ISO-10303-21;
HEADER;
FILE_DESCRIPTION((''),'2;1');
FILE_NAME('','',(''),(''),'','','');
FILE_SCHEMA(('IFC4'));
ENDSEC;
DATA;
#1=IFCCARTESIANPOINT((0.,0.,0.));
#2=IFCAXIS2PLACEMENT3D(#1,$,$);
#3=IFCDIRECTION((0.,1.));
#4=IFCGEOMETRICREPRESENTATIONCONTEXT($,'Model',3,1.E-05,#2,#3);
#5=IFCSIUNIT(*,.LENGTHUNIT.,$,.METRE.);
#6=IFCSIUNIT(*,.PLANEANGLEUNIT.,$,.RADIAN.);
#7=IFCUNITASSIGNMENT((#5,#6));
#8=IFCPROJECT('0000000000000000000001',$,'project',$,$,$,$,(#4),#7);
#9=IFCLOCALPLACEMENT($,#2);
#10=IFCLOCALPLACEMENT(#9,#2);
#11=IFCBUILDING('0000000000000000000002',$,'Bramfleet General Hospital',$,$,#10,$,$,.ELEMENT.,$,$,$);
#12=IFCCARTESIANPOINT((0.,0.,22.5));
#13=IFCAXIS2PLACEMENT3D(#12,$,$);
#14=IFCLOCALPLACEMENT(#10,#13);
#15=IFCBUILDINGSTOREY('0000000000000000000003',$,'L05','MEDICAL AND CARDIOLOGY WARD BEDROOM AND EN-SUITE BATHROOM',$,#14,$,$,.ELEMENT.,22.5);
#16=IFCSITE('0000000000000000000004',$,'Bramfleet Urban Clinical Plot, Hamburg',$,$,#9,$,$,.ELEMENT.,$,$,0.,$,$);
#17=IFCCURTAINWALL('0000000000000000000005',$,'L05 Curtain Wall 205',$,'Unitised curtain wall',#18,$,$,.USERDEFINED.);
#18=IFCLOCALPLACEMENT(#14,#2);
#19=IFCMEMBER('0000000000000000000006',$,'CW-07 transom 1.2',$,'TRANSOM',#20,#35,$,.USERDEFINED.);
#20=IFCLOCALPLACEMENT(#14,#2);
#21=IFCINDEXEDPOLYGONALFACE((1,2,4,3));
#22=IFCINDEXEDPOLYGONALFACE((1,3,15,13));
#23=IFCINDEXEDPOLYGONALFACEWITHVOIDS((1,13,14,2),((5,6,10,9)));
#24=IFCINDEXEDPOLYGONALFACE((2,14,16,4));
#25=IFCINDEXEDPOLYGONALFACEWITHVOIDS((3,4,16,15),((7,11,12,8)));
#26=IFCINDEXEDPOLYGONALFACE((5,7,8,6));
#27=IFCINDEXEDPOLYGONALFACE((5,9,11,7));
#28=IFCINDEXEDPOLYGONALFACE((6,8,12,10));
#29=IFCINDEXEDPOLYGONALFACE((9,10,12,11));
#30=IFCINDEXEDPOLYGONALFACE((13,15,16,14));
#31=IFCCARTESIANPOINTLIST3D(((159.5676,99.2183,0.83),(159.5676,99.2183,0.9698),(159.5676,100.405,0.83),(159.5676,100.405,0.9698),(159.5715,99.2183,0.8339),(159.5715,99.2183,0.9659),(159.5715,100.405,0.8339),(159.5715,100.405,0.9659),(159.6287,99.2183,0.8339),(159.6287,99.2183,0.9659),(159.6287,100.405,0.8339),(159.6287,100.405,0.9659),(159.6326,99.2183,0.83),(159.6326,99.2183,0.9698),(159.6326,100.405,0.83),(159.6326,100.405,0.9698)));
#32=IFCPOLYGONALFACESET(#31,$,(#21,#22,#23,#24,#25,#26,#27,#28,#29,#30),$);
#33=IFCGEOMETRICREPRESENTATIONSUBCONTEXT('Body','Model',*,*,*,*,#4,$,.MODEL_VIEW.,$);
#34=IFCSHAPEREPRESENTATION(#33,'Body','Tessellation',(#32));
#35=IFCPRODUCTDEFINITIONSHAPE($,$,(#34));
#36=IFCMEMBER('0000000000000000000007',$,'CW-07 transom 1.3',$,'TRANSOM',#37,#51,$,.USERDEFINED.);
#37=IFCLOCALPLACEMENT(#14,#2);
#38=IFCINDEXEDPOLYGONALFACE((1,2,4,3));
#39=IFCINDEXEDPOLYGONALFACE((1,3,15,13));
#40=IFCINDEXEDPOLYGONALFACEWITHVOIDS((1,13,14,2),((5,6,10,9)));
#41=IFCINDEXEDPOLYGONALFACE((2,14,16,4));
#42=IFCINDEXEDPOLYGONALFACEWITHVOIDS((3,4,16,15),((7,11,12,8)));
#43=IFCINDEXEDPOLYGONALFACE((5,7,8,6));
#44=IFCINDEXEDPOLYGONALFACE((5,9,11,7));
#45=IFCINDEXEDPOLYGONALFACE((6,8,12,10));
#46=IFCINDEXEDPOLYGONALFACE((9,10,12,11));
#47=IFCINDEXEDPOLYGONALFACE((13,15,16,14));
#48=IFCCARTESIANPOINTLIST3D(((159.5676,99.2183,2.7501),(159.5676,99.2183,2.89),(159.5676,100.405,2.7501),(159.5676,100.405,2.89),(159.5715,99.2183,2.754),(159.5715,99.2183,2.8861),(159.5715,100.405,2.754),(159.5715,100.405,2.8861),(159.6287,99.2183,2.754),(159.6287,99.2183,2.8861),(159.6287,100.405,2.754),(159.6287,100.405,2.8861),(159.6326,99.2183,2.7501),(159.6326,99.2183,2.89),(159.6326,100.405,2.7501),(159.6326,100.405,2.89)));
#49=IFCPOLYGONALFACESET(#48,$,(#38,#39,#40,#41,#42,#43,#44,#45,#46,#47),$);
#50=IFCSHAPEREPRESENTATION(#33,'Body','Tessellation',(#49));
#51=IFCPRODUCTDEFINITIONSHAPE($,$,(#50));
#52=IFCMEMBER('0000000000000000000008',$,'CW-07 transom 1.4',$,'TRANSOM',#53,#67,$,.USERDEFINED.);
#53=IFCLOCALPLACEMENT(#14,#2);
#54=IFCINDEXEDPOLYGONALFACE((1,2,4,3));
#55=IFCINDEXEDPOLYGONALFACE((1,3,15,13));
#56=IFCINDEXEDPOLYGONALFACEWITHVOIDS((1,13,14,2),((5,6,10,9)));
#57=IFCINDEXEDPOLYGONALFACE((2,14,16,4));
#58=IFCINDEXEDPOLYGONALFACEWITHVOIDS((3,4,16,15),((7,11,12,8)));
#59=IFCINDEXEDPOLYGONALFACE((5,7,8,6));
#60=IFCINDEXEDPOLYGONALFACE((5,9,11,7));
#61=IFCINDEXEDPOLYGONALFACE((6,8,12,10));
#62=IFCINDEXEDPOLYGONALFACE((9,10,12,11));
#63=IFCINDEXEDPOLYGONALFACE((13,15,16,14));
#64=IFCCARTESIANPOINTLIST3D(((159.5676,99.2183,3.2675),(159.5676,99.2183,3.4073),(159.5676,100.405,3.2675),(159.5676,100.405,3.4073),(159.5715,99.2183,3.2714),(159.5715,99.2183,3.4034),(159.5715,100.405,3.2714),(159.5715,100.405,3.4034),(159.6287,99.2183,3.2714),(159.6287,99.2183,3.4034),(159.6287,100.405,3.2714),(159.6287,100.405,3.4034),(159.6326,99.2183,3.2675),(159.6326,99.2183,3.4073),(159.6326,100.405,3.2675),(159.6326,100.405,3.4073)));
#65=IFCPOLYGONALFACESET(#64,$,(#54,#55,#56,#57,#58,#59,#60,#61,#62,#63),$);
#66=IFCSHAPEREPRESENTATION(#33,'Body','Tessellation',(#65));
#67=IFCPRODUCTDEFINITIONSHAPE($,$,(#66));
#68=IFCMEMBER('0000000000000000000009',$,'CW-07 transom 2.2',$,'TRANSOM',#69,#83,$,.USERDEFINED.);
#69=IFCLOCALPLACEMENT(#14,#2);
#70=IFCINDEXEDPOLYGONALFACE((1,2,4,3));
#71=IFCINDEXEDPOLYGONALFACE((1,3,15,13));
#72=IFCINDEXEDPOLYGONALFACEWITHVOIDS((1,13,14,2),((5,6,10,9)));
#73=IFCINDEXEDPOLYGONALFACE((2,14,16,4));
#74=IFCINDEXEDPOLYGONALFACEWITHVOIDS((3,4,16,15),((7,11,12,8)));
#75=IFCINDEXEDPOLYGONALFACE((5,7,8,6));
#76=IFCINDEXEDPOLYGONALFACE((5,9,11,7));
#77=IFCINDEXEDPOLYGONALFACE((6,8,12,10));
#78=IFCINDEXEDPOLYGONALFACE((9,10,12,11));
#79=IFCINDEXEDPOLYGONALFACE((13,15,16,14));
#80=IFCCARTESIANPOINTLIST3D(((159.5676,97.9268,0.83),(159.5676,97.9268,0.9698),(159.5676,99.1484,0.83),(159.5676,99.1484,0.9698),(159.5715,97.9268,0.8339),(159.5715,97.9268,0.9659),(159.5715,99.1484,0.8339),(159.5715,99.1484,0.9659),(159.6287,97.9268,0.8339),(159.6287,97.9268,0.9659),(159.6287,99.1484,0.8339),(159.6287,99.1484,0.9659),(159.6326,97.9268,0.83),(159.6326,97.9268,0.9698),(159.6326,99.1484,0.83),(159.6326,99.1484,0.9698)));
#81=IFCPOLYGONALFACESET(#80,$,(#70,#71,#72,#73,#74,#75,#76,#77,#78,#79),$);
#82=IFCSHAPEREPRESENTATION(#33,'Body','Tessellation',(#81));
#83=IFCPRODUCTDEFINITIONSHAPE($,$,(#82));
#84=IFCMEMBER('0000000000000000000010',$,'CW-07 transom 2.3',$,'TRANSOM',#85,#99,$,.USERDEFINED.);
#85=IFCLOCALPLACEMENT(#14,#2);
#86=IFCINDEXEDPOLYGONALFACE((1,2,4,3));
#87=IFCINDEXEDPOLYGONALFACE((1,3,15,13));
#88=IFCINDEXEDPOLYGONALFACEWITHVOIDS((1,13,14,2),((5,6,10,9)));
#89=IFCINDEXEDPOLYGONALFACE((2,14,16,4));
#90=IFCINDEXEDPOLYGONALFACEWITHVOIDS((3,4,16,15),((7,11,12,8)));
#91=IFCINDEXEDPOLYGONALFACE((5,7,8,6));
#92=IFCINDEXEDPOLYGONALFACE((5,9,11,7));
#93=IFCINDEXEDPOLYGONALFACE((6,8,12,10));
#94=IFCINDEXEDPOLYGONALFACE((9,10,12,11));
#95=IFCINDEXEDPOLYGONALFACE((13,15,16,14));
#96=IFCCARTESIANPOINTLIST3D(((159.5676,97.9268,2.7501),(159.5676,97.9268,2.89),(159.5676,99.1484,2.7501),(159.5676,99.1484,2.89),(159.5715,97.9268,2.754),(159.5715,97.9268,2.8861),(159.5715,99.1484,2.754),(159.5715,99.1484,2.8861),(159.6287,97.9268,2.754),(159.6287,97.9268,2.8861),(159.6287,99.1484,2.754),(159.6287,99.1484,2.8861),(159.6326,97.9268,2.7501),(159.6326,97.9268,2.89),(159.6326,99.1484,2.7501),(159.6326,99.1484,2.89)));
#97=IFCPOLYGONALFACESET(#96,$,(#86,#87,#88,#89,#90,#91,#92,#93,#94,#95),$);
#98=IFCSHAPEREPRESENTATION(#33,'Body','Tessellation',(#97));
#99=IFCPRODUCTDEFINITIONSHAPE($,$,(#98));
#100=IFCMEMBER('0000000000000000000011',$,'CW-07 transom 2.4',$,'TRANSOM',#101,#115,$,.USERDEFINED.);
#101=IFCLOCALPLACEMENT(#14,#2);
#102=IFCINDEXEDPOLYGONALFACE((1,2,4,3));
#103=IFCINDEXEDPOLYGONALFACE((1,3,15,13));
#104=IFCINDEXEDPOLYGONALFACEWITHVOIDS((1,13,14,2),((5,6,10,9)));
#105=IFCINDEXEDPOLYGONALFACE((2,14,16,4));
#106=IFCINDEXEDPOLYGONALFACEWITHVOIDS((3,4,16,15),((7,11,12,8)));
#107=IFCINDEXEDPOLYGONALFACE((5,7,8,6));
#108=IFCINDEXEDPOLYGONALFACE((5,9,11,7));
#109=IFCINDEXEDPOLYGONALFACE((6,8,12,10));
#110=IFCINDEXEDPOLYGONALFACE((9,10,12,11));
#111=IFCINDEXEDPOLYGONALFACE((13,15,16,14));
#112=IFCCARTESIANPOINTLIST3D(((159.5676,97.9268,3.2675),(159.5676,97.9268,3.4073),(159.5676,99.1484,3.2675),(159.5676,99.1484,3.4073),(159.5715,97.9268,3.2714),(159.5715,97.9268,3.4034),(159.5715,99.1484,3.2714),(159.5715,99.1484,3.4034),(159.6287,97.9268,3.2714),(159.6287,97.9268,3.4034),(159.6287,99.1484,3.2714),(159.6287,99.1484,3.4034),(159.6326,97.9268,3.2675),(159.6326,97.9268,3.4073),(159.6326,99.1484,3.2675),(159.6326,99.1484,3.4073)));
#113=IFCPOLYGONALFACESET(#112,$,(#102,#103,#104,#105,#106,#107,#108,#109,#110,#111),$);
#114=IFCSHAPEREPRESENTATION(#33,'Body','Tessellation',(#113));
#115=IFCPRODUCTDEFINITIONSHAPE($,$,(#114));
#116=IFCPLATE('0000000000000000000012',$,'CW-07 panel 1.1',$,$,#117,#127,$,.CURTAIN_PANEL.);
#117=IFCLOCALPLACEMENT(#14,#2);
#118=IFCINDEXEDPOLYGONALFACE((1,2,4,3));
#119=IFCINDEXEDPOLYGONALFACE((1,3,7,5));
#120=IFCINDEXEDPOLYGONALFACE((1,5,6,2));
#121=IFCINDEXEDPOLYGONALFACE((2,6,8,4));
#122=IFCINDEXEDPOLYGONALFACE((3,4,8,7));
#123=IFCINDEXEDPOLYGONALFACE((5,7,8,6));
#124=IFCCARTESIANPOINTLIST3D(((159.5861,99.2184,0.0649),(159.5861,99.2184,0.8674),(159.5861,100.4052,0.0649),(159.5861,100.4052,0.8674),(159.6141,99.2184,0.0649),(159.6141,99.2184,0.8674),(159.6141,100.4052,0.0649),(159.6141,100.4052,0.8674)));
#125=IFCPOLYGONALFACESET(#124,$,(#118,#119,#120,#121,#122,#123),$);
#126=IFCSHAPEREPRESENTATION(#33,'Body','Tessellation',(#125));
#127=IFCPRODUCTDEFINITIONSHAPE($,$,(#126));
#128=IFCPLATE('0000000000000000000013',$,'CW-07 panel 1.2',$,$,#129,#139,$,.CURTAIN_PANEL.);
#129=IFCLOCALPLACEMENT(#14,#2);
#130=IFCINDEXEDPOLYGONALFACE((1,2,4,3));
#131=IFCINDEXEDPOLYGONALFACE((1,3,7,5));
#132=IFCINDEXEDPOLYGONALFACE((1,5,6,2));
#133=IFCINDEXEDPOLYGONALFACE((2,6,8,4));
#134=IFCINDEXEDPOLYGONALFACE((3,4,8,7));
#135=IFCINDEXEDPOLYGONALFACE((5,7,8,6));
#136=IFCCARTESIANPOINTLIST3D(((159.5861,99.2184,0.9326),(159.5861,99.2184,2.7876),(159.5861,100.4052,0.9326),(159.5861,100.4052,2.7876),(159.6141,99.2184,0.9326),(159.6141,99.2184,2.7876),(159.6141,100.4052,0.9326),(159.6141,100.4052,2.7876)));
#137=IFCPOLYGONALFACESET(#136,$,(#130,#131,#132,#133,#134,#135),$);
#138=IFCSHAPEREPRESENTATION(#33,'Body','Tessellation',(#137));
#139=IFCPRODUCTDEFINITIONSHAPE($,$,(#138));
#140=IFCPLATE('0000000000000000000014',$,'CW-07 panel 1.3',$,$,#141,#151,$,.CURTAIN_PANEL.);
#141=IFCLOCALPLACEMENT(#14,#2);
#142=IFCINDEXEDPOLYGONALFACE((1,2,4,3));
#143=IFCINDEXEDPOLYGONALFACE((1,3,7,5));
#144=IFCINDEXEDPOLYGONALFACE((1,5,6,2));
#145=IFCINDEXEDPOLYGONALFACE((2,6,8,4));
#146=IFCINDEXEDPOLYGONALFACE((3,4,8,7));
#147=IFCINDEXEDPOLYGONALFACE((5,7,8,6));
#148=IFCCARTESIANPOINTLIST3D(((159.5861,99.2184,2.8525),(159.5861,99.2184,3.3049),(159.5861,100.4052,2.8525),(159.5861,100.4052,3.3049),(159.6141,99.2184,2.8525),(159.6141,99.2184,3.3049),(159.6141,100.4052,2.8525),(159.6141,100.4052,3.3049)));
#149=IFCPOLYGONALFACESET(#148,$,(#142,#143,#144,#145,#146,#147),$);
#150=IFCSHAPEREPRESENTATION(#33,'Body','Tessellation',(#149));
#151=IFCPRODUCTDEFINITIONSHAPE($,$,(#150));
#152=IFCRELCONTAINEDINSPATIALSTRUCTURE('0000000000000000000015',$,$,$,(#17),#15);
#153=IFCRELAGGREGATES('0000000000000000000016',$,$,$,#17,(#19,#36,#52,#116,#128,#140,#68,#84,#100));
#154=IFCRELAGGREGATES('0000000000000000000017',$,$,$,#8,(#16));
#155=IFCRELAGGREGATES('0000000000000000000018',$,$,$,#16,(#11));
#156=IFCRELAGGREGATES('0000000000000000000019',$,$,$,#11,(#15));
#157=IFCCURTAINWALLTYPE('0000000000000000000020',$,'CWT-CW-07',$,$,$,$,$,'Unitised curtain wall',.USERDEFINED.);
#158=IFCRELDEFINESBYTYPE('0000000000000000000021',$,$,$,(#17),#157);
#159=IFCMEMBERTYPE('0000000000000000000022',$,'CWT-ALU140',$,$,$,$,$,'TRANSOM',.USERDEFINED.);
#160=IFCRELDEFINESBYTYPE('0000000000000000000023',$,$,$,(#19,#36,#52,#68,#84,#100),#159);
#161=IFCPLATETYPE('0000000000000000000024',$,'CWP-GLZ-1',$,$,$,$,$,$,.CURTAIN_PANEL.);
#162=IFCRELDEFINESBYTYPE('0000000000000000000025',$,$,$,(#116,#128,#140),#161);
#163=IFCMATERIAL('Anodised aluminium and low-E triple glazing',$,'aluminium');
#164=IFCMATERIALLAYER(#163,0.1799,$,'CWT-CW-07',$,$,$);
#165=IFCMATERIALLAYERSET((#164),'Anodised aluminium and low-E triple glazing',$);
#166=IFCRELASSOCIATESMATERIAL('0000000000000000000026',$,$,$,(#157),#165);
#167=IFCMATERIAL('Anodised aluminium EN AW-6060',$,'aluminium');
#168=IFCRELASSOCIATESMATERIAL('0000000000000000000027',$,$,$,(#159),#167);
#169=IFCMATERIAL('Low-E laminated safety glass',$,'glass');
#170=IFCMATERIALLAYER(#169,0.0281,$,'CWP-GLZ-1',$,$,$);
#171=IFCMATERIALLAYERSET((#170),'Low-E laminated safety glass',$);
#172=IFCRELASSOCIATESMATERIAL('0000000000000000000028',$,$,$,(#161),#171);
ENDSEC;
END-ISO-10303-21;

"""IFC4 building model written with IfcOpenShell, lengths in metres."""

from ifc_helpers import new_model, si_unit, direction, frame, origin, origin_2d, place, context, subcontext, project, spatial, rectangle, hollow_rectangle, extrude, material, layer, layer_set, material_profile, profile_set, type_object, element, aggregate, save


model = new_model("IFC4")

# Units and contexts
model_context = context("Model", 3, precision=1e-05, world=origin(), true_north=direction((0.0, 1.0)))
body_context = subcontext(model_context, "Body", "Model", "MODEL_VIEW")
ifc_project = project(units=[si_unit("LENGTHUNIT", "METRE"), si_unit("PLANEANGLEUNIT", "RADIAN")], contexts=[model_context])

# Site, building, storey
site_placement = place(None, origin())
site = spatial("IfcSite", under=ifc_project, at=site_placement, Name="Bramfleet Urban Clinical Plot, Hamburg", CompositionType="ELEMENT", RefElevation=0.0)
building_placement = place(site_placement, origin())
building = spatial("IfcBuilding", under=site, at=building_placement, Name="Bramfleet General Hospital", CompositionType="ELEMENT")
storey_placement = place(building_placement, frame((0.0, 0.0, 22.5)))
storey = spatial("IfcBuildingStorey", under=building, at=storey_placement, Name="L05", Description="MEDICAL AND CARDIOLOGY WARD BEDROOM AND EN-SUITE BATHROOM", CompositionType="ELEMENT", Elevation=22.5)

# Curtain wall, members, plates
ifc_material_1 = material(Name="Anodised aluminium and low-E triple glazing", Category="aluminium")
ifc_layer_1 = layer(ifc_material_1, 0.1799, Name="CWT-CW-07")
ifc_layer_set_1 = layer_set([ifc_layer_1], Name="Anodised aluminium and low-E triple glazing")
curtain_wall_type = type_object("IfcCurtainWallType", Name="CWT-CW-07", ElementType="Unitised curtain wall", PredefinedType="USERDEFINED", material=ifc_layer_set_1)
curtain_wall_placement = place(storey_placement, origin())
curtain_wall = element("IfcCurtainWall", 1, at=curtain_wall_placement, inside=storey, type_object=curtain_wall_type, Name="L05 Curtain Wall 205", ObjectType="Unitised curtain wall", PredefinedType="USERDEFINED")
ifc_material_2 = material(Name="Anodised aluminium EN AW-6060", Category="aluminium")
ifc_material_profile_1 = material_profile(ifc_material_2, hollow_rectangle(XDim=0.0649, YDim=0.1399, WallThickness=0.0039, at=origin_2d()), Name="ALU 140x65x4.0")
ifc_profile_set_1 = profile_set([ifc_material_profile_1], Name="Anodised aluminium EN AW-6060")
member_type_1 = type_object("IfcMemberType", Name="CWT-ALU140", ElementType="TRANSOM", PredefinedType="USERDEFINED", material=ifc_profile_set_1)
member_1_placement = place(storey_placement, frame((159.6001, 100.405, 0.8999), z_axis=(0.0, -1.0, 0.0), x_axis=(1.0, 0.0, 0.0)))
member_1 = element("IfcMember", 2, at=member_1_placement, type_object=member_type_1, Name="CW-07 transom 1.2", ObjectType="TRANSOM", PredefinedType="USERDEFINED", context=body_context, shape_type="SweptSolid", body=[
    extrude(hollow_rectangle(XDim=0.0649, YDim=0.1399, WallThickness=0.0039, at=origin_2d()), origin(), (0.0, 0.0, 1.0), 1.1868),
])
member_2_placement = place(storey_placement, frame((159.6001, 100.405, 2.8201), z_axis=(0.0, -1.0, 0.0), x_axis=(1.0, 0.0, 0.0)))
member_2 = element("IfcMember", 3, at=member_2_placement, type_object=member_type_1, Name="CW-07 transom 1.3", ObjectType="TRANSOM", PredefinedType="USERDEFINED", context=body_context, shape_type="SweptSolid", body=[
    extrude(hollow_rectangle(XDim=0.0649, YDim=0.1399, WallThickness=0.0039, at=origin_2d()), origin(), (0.0, 0.0, 1.0), 1.1868),
])
member_3_placement = place(storey_placement, frame((159.6001, 100.405, 3.3374), z_axis=(0.0, -1.0, 0.0), x_axis=(1.0, 0.0, 0.0)))
member_3 = element("IfcMember", 4, at=member_3_placement, type_object=member_type_1, Name="CW-07 transom 1.4", ObjectType="TRANSOM", PredefinedType="USERDEFINED", context=body_context, shape_type="SweptSolid", body=[
    extrude(hollow_rectangle(XDim=0.0649, YDim=0.1399, WallThickness=0.0039, at=origin_2d()), origin(), (0.0, 0.0, 1.0), 1.1868),
])
member_4_placement = place(storey_placement, frame((159.6001, 99.1484, 0.8999), z_axis=(0.0, -1.0, 0.0), x_axis=(1.0, 0.0, 0.0)))
member_4 = element("IfcMember", 5, at=member_4_placement, type_object=member_type_1, Name="CW-07 transom 2.2", ObjectType="TRANSOM", PredefinedType="USERDEFINED", context=body_context, shape_type="SweptSolid", body=[
    extrude(hollow_rectangle(XDim=0.0649, YDim=0.1399, WallThickness=0.0039, at=origin_2d()), origin(), (0.0, 0.0, 1.0), 1.2217),
])
member_5_placement = place(storey_placement, frame((159.6001, 99.1484, 2.8201), z_axis=(0.0, -1.0, 0.0), x_axis=(1.0, 0.0, 0.0)))
member_5 = element("IfcMember", 6, at=member_5_placement, type_object=member_type_1, Name="CW-07 transom 2.3", ObjectType="TRANSOM", PredefinedType="USERDEFINED", context=body_context, shape_type="SweptSolid", body=[
    extrude(hollow_rectangle(XDim=0.0649, YDim=0.1399, WallThickness=0.0039, at=origin_2d()), origin(), (0.0, 0.0, 1.0), 1.2217),
])
member_6_placement = place(storey_placement, frame((159.6001, 99.1484, 3.3374), z_axis=(0.0, -1.0, 0.0), x_axis=(1.0, 0.0, 0.0)))
member_6 = element("IfcMember", 7, at=member_6_placement, type_object=member_type_1, Name="CW-07 transom 2.4", ObjectType="TRANSOM", PredefinedType="USERDEFINED", context=body_context, shape_type="SweptSolid", body=[
    extrude(hollow_rectangle(XDim=0.0649, YDim=0.1399, WallThickness=0.0039, at=origin_2d()), origin(), (0.0, 0.0, 1.0), 1.2217),
])
ifc_material_3 = material(Name="Low-E laminated safety glass", Category="glass")
ifc_layer_2 = layer(ifc_material_3, 0.0281, Name="CWP-GLZ-1")
ifc_layer_set_2 = layer_set([ifc_layer_2], Name="Low-E laminated safety glass")
plate_type = type_object("IfcPlateType", Name="CWP-GLZ-1", PredefinedType="CURTAIN_PANEL", material=ifc_layer_set_2)
plate_1_placement = place(storey_placement, frame((159.6001, 99.8118, 0.0649), z_axis=(0.0, 0.0, 1.0), x_axis=(0.0, -1.0, 0.0)))
plate_1 = element("IfcPlate", 8, at=plate_1_placement, type_object=plate_type, Name="CW-07 panel 1.1", PredefinedType="CURTAIN_PANEL", context=body_context, shape_type="SweptSolid", body=[
    extrude(rectangle(XDim=1.1868, YDim=0.0281, at=origin_2d()), origin(), (0.0, 0.0, 1.0), 0.8025),
])
plate_2_placement = place(storey_placement, frame((159.6001, 99.8118, 0.9326), z_axis=(0.0, 0.0, 1.0), x_axis=(0.0, -1.0, 0.0)))
plate_2 = element("IfcPlate", 9, at=plate_2_placement, type_object=plate_type, Name="CW-07 panel 1.2", PredefinedType="CURTAIN_PANEL", context=body_context, shape_type="SweptSolid", body=[
    extrude(rectangle(XDim=1.1868, YDim=0.0281, at=origin_2d()), origin(), (0.0, 0.0, 1.0), 1.855),
])
plate_3_placement = place(storey_placement, frame((159.6001, 99.8118, 2.8525), z_axis=(0.0, 0.0, 1.0), x_axis=(0.0, -1.0, 0.0)))
plate_3 = element("IfcPlate", 10, at=plate_3_placement, type_object=plate_type, Name="CW-07 panel 1.3", PredefinedType="CURTAIN_PANEL", context=body_context, shape_type="SweptSolid", body=[
    extrude(rectangle(XDim=1.1868, YDim=0.0281, at=origin_2d()), origin(), (0.0, 0.0, 1.0), 0.4524),
])
aggregate(curtain_wall, [member_1, member_2, member_3, plate_1, plate_2, plate_3, member_4, member_5, member_6])

save(model, "model.ifc")
